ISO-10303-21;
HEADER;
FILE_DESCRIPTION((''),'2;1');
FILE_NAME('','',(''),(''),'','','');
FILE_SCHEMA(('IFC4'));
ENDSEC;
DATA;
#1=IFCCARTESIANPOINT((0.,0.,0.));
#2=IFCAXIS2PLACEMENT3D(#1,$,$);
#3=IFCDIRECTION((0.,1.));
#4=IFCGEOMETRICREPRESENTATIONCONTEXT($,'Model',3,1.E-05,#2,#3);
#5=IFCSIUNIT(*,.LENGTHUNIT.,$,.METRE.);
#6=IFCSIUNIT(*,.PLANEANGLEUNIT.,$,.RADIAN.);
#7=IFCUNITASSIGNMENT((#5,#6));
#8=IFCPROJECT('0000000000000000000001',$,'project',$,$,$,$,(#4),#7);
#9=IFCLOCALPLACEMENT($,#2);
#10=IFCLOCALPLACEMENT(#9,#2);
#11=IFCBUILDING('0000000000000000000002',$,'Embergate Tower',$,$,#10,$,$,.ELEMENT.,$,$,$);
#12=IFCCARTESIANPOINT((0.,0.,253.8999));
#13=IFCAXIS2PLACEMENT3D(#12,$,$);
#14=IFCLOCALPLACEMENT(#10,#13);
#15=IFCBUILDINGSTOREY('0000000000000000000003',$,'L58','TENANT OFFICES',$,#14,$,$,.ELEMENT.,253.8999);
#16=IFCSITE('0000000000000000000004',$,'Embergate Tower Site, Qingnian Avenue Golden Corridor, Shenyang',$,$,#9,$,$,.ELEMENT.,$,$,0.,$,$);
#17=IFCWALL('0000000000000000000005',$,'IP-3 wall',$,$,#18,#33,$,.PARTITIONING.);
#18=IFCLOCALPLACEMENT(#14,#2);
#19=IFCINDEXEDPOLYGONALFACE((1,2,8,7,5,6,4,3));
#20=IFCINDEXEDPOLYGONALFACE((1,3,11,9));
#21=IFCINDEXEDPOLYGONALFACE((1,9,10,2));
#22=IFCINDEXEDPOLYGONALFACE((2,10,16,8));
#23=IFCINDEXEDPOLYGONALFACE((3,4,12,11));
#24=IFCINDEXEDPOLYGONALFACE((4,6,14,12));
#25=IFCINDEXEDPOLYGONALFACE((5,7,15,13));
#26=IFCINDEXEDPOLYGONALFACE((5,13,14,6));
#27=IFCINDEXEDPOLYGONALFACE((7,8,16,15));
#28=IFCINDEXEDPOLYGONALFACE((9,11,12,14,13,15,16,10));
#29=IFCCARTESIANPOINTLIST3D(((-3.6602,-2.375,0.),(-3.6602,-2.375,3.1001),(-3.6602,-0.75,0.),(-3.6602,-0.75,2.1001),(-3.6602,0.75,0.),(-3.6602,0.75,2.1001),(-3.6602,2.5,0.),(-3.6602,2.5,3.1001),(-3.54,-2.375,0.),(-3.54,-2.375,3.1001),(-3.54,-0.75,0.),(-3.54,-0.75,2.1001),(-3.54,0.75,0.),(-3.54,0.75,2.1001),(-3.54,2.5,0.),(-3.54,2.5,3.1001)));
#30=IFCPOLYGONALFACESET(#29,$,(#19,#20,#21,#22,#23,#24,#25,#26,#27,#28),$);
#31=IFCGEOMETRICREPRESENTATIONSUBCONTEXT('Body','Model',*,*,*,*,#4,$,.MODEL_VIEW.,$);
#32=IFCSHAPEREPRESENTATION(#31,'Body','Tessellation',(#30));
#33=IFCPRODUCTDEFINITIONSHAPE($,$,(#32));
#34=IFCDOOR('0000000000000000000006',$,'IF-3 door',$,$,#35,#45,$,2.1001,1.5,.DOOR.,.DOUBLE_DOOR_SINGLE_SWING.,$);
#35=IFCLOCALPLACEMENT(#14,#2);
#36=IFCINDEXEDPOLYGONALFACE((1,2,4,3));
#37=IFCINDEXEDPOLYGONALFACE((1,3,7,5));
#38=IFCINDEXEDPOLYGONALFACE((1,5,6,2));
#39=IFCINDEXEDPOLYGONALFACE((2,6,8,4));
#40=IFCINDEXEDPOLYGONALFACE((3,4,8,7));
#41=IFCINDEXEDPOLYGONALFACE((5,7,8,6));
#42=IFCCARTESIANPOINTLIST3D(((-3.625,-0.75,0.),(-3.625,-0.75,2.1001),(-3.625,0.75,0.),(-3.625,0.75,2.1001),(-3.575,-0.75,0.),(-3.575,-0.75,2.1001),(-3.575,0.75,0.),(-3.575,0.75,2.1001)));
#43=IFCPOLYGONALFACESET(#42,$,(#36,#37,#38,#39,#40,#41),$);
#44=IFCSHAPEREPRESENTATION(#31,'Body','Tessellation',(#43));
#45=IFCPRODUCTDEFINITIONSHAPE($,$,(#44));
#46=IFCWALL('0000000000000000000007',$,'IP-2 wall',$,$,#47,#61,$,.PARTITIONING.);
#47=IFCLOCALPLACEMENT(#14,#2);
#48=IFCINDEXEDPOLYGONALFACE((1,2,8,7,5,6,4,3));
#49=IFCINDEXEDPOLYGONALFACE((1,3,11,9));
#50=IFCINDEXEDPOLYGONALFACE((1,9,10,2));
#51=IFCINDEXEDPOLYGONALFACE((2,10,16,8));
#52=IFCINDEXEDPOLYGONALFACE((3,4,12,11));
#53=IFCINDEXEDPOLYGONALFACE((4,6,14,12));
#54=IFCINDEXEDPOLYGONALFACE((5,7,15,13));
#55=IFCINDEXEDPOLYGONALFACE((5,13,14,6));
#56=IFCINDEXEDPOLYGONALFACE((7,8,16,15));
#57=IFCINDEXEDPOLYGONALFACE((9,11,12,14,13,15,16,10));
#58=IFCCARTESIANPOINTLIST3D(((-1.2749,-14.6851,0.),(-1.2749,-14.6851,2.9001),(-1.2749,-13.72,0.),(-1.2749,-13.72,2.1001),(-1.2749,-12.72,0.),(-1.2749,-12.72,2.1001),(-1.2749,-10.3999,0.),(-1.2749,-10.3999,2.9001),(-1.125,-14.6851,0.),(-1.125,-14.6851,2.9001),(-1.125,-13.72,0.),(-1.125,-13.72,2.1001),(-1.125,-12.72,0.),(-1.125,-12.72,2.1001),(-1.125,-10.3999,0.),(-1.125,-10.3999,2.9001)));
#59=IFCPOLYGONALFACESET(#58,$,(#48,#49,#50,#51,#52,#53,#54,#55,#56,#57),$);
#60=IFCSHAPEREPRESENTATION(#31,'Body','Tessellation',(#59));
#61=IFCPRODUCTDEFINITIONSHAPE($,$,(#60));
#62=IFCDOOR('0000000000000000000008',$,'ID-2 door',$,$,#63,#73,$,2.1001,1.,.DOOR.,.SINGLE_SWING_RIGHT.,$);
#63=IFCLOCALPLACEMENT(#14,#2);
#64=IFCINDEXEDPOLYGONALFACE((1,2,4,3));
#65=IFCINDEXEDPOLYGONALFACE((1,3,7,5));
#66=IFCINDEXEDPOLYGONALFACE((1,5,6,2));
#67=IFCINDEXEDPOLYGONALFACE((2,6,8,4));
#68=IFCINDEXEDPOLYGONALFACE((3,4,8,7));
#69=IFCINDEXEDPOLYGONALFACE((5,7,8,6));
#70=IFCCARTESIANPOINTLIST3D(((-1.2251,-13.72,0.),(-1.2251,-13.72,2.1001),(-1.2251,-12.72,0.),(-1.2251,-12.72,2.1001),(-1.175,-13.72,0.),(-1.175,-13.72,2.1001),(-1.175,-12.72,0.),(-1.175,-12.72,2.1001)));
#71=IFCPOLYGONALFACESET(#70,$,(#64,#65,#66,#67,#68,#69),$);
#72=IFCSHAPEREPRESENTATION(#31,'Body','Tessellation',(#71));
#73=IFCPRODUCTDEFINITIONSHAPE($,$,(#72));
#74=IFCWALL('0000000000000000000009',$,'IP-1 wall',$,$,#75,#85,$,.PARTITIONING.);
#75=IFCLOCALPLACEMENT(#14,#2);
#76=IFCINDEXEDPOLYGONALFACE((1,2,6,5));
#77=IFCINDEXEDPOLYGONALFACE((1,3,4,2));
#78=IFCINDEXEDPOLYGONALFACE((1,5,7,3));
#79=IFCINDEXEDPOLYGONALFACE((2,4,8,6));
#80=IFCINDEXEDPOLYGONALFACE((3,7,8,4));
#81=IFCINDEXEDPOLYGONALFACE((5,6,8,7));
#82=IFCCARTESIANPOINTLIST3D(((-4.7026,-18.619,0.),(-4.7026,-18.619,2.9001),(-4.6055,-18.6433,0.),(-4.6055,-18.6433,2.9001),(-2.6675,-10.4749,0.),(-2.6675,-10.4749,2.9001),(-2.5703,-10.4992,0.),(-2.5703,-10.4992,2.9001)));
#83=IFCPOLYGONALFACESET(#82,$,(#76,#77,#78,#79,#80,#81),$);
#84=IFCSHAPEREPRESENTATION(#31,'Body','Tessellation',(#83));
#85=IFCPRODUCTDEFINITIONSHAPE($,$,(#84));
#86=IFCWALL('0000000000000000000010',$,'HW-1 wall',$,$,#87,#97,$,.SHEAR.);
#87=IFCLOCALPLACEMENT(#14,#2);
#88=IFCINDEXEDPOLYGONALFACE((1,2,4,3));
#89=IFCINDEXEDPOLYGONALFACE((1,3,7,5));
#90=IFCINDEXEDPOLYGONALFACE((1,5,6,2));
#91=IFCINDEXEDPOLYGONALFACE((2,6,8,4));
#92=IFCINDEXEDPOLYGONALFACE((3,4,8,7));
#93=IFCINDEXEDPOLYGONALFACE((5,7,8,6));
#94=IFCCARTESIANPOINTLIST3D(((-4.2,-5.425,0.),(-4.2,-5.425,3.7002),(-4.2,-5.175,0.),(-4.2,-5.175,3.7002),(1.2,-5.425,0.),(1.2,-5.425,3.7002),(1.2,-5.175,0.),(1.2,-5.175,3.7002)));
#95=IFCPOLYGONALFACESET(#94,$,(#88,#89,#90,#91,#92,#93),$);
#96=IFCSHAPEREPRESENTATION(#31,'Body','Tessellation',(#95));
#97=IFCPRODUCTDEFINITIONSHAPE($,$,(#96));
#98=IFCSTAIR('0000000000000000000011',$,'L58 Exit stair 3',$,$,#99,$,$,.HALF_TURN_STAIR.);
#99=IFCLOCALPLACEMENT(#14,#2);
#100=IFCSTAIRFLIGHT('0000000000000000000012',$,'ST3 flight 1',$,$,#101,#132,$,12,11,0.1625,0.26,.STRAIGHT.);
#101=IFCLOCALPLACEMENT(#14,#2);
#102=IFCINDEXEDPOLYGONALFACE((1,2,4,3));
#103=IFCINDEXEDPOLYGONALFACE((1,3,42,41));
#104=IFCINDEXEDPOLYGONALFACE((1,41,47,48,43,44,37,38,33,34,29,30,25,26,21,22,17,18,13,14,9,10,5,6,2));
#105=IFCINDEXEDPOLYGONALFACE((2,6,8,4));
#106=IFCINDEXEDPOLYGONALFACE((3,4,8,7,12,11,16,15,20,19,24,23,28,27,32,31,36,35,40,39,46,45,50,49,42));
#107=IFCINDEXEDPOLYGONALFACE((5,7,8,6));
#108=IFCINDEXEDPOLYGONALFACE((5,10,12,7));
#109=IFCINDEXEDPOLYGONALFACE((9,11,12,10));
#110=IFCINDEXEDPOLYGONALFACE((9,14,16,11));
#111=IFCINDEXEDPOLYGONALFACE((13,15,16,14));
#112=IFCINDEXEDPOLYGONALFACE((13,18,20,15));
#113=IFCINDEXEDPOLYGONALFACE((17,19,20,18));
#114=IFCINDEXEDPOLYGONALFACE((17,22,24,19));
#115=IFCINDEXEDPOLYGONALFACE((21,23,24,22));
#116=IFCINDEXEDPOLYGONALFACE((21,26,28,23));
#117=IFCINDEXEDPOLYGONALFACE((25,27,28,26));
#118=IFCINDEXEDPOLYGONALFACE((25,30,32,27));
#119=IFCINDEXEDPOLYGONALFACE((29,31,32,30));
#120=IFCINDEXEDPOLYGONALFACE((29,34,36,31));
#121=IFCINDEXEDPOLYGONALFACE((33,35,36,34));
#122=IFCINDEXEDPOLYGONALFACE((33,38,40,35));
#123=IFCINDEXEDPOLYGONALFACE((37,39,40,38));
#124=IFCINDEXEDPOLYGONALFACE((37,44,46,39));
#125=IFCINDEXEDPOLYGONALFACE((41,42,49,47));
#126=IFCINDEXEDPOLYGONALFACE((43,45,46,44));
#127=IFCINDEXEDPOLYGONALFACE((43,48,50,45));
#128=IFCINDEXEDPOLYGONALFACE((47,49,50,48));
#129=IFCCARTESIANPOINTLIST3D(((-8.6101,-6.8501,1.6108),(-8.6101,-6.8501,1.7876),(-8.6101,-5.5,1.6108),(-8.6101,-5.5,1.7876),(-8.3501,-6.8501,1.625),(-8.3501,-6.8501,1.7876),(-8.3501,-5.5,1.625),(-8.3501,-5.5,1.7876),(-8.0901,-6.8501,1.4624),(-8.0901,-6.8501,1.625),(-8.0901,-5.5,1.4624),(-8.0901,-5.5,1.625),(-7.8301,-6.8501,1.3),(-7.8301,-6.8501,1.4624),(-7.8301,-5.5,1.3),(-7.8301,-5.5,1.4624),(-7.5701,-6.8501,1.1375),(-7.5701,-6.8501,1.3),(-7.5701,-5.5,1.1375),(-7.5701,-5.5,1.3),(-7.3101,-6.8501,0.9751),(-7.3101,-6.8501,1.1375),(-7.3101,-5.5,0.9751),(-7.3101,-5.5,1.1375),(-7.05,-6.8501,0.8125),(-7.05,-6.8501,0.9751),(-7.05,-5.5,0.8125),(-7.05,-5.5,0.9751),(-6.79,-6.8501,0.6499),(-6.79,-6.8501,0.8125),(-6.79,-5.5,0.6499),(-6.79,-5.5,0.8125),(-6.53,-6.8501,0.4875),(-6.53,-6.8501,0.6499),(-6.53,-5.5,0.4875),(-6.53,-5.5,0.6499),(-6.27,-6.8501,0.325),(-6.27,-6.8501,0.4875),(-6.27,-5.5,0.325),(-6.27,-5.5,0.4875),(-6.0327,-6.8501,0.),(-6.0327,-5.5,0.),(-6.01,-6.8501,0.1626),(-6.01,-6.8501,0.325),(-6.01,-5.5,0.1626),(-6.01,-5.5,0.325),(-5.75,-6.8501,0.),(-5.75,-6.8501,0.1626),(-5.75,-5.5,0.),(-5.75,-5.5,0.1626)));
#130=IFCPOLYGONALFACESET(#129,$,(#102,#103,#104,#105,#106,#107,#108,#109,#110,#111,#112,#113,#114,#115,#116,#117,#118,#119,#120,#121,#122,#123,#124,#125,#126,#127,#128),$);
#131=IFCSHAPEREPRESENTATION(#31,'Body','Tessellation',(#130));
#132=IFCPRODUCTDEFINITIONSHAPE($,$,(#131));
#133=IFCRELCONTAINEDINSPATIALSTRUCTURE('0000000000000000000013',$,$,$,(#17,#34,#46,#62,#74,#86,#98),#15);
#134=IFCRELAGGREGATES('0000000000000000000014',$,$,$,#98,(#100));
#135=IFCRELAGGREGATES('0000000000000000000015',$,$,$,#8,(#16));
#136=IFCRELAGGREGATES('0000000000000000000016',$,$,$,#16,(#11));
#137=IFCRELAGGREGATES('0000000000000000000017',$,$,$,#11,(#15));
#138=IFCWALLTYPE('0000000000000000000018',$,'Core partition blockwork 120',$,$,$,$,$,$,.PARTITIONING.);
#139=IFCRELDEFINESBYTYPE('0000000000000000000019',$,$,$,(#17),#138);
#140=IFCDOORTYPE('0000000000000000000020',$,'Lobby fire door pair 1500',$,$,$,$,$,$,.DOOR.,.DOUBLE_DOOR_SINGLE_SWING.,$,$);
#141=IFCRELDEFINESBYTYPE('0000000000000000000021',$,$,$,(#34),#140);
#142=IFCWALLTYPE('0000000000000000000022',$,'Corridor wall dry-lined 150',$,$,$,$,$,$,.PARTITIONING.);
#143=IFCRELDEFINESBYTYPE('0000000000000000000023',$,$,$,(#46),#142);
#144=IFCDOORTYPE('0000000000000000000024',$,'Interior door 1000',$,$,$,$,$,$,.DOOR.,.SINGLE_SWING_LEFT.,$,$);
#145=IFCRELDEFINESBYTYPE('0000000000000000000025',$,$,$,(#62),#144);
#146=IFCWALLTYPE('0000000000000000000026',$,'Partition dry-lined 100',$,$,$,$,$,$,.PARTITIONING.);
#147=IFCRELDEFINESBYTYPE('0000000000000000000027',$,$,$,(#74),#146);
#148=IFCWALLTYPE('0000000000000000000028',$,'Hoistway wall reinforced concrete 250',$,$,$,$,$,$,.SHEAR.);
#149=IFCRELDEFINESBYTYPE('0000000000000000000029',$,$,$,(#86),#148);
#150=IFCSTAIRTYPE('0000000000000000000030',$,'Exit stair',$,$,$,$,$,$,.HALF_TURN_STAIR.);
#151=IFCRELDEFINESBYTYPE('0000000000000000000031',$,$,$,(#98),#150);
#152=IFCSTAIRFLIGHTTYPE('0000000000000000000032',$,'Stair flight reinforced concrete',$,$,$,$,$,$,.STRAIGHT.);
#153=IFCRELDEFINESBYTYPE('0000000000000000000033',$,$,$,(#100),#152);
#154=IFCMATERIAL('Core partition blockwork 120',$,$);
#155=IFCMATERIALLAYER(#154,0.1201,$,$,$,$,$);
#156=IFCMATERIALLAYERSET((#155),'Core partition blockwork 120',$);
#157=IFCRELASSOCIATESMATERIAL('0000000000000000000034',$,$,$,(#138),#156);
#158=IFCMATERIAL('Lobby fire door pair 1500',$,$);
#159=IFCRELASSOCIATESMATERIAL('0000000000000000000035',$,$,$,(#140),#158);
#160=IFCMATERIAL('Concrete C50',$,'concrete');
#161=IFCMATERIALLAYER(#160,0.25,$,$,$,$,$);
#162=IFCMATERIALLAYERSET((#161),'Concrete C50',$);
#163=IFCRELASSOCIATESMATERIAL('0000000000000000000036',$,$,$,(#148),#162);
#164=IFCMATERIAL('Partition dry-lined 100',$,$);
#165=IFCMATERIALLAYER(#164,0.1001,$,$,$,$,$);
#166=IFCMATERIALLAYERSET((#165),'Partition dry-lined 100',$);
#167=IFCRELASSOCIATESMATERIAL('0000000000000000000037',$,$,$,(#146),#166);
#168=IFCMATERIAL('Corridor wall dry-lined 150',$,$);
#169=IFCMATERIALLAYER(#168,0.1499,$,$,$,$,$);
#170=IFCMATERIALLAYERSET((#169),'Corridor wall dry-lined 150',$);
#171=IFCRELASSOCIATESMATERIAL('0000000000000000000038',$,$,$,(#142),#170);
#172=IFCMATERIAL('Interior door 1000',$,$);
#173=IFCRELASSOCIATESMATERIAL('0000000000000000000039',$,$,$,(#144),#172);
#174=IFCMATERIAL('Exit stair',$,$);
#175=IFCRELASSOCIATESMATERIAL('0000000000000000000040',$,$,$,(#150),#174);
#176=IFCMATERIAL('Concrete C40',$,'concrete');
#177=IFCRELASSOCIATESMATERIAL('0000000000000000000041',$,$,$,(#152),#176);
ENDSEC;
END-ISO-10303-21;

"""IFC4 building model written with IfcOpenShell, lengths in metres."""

from ifc_helpers import new_model, si_unit, direction, frame, frame_2d, origin, place, context, subcontext, project, spatial, polyline, rectangle, outline, extrude, source, transform, mapped, material, layer, layer_set, type_object, element, fill, aggregate, save


model = new_model("IFC4")

# Units and contexts
model_context = context("Model", 3, precision=1e-05, world=origin(), true_north=direction((0.0, 1.0)))
body_context = subcontext(model_context, "Body", "Model", "MODEL_VIEW")
ifc_project = project(units=[si_unit("LENGTHUNIT", "METRE"), si_unit("PLANEANGLEUNIT", "RADIAN")], contexts=[model_context])

# Site, building, storey
site_placement = place(None, origin())
site = spatial("IfcSite", under=ifc_project, at=site_placement, Name="Embergate Tower Site, Qingnian Avenue Golden Corridor, Shenyang", CompositionType="ELEMENT", RefElevation=0.0)
building_placement = place(site_placement, origin())
building = spatial("IfcBuilding", under=site, at=building_placement, Name="Embergate Tower", CompositionType="ELEMENT")
storey_placement = place(building_placement, frame((0.0, 0.0, 253.8999)))
storey = spatial("IfcBuildingStorey", under=building, at=storey_placement, Name="L58", Description="TENANT OFFICES", CompositionType="ELEMENT", Elevation=253.8999)

# Shared definitions
ifc_material_1 = material(Name="Core partition blockwork 120")
ifc_layer_1 = layer(ifc_material_1, 0.1201)
ifc_layer_set_1 = layer_set([ifc_layer_1], Name="Core partition blockwork 120")
wall_type_1 = type_object("IfcWallType", Name="Core partition blockwork 120", PredefinedType="PARTITIONING", material=ifc_layer_set_1)
shared_shape_1 = source(origin(), body_context, "Body", "SweptSolid", [
    extrude(rectangle(XDim=1.5, YDim=2.1001, at=frame_2d((0.75, 1.05))), frame((0.0, 0.0701, 0.0), z_axis=(0.0, -1.0, 0.0), x_axis=(1.0, 0.0, 0.0)), (0.0, 0.0, 1.0), 0.1401),
])
ifc_material_2 = material(Name="Lobby fire door pair 1500")
door_type_1 = type_object("IfcDoorType", Name="Lobby fire door pair 1500", OperationType="DOUBLE_DOOR_SINGLE_SWING", PredefinedType="DOOR", material=ifc_material_2)
shared_shape_2 = source(origin(), body_context, "Body", "SweptSolid", [
    extrude(rectangle(XDim=1.5, YDim=2.1001, at=frame_2d((0.75, 1.05))), frame((0.0, 0.0249, 0.0), z_axis=(0.0, -1.0, 0.0), x_axis=(1.0, 0.0, 0.0)), (0.0, 0.0, 1.0), 0.05),
])

# Shared definitions
ifc_material_3 = material(Name="Concrete C50", Category="concrete")
ifc_layer_2 = layer(ifc_material_3, 0.25)
ifc_layer_set_2 = layer_set([ifc_layer_2], Name="Concrete C50")
wall_type_2 = type_object("IfcWallType", Name="Hoistway wall reinforced concrete 250", PredefinedType="SHEAR", material=ifc_layer_set_2)

# Shared definitions
ifc_material_4 = material(Name="Partition dry-lined 100")
ifc_layer_3 = layer(ifc_material_4, 0.1001)
ifc_layer_set_3 = layer_set([ifc_layer_3], Name="Partition dry-lined 100")
wall_type_3 = type_object("IfcWallType", Name="Partition dry-lined 100", PredefinedType="PARTITIONING", material=ifc_layer_set_3)

# Walls, openings, doors
shared_shape_3 = source(origin(), body_context, "Body", "SweptSolid", [
    extrude(rectangle(XDim=4.875, YDim=0.1201, at=frame_2d((2.4375, 0.0))), origin(), (0.0, 0.0, 1.0), 3.1001),
])
wall_1_placement = place(storey_placement, frame((-3.6001, -2.375, 0.0), z_axis=(0.0, 0.0, 1.0), x_axis=(0.0, 1.0, 0.0)))
wall_1 = element("IfcWall", 1, at=wall_1_placement, inside=storey, type_object=wall_type_1, Name="IP-3 wall", PredefinedType="PARTITIONING", context=body_context, shape_type="MappedRepresentation", body=[
    mapped(shared_shape_3, transform((0.0, 0.0, 0.0))),
])
opening_1_placement = place(wall_1_placement, frame((1.625, 0.0, 0.0)))
opening_1 = element("IfcOpeningElement", 2, at=opening_1_placement, cuts=wall_1, PredefinedType="OPENING", context=body_context, shape_type="MappedRepresentation", body=[
    mapped(shared_shape_1, transform((0.0, 0.0, 0.0))),
])
door_1_placement = place(opening_1_placement, origin())
door_1 = element("IfcDoor", 3, at=door_1_placement, inside=storey, type_object=door_type_1, Name="IF-3 door", OperationType="DOUBLE_DOOR_SINGLE_SWING", OverallHeight=2.1001, OverallWidth=1.5, PredefinedType="DOOR", context=body_context, shape_type="MappedRepresentation", body=[
    mapped(shared_shape_2, transform((0.0, 0.0, 0.0))),
])
fill(opening_1, door_1)
ifc_material_5 = material(Name="Corridor wall dry-lined 150")
ifc_layer_4 = layer(ifc_material_5, 0.1499)
ifc_layer_set_4 = layer_set([ifc_layer_4], Name="Corridor wall dry-lined 150")
wall_type_4 = type_object("IfcWallType", Name="Corridor wall dry-lined 150", PredefinedType="PARTITIONING", material=ifc_layer_set_4)
shared_shape_4 = source(origin(), body_context, "Body", "SweptSolid", [
    extrude(rectangle(XDim=4.2852, YDim=0.1499, at=frame_2d((2.1426, 0.0))), origin(), (0.0, 0.0, 1.0), 2.9001),
])
wall_2_placement = place(storey_placement, frame((-1.2, -10.3999, 0.0), z_axis=(0.0, 0.0, 1.0), x_axis=(0.0, -1.0, 0.0)))
wall_2 = element("IfcWall", 4, at=wall_2_placement, inside=storey, type_object=wall_type_4, Name="IP-2 wall", PredefinedType="PARTITIONING", context=body_context, shape_type="MappedRepresentation", body=[
    mapped(shared_shape_4, transform((0.0, 0.0, 0.0))),
])
shared_shape_5 = source(origin(), body_context, "Body", "SweptSolid", [
    extrude(rectangle(XDim=1.0, YDim=2.1001, at=frame_2d((0.5, 1.05))), frame((0.0, 0.085, 0.0), z_axis=(0.0, -1.0, 0.0), x_axis=(1.0, 0.0, 0.0)), (0.0, 0.0, 1.0), 0.1699),
])
opening_2_placement = place(wall_2_placement, frame((2.3201, 0.0, 0.0)))
opening_2 = element("IfcOpeningElement", 5, at=opening_2_placement, cuts=wall_2, PredefinedType="OPENING", context=body_context, shape_type="MappedRepresentation", body=[
    mapped(shared_shape_5, transform((0.0, 0.0, 0.0))),
])
ifc_material_6 = material(Name="Interior door 1000")
door_type_2 = type_object("IfcDoorType", Name="Interior door 1000", OperationType="SINGLE_SWING_LEFT", PredefinedType="DOOR", material=ifc_material_6)
shared_shape_6 = source(origin(), body_context, "Body", "SweptSolid", [
    extrude(rectangle(XDim=1.0, YDim=2.1001, at=frame_2d((0.5, 1.05))), frame((0.0, 0.0249, 0.0), z_axis=(0.0, -1.0, 0.0), x_axis=(1.0, 0.0, 0.0)), (0.0, 0.0, 1.0), 0.05),
])
door_2_placement = place(opening_2_placement, origin())
door_2 = element("IfcDoor", 6, at=door_2_placement, inside=storey, type_object=door_type_2, Name="ID-2 door", OperationType="SINGLE_SWING_RIGHT", OverallHeight=2.1001, OverallWidth=1.0, PredefinedType="DOOR", context=body_context, shape_type="MappedRepresentation", body=[
    mapped(shared_shape_6, transform((0.0, 0.0, 0.0))),
])
fill(opening_2, door_2)

# Walls
shared_shape_7 = source(origin(), body_context, "Body", "SweptSolid", [
    extrude(rectangle(XDim=8.3945, YDim=0.1001, at=frame_2d((4.1973, 0.0))), origin(), (0.0, 0.0, 1.0), 2.9001),
])
wall_3_placement = place(storey_placement, frame((-2.6189, -10.4871, 0.0), z_axis=(0.0, 0.0, 1.0), x_axis=(-0.24244, -0.970166, 0.0)))
element("IfcWall", 7, at=wall_3_placement, inside=storey, type_object=wall_type_3, Name="IP-1 wall", PredefinedType="PARTITIONING", context=body_context, shape_type="MappedRepresentation", body=[
    mapped(shared_shape_7, transform((0.0, 0.0, 0.0))),
])
shared_shape_8 = source(origin(), body_context, "Body", "SweptSolid", [
    extrude(rectangle(XDim=5.3999, YDim=0.25, at=frame_2d((2.7, 0.0))), origin(), (0.0, 0.0, 1.0), 3.7002),
])
wall_4_placement = place(storey_placement, frame((-4.2, -5.3, 0.0), z_axis=(0.0, 0.0, 1.0), x_axis=(1.0, 0.0, 0.0)))
element("IfcWall", 8, at=wall_4_placement, inside=storey, type_object=wall_type_2, Name="HW-1 wall", PredefinedType="SHEAR", context=body_context, shape_type="MappedRepresentation", body=[
    mapped(shared_shape_8, transform((0.0, 0.0, 0.0))),
])

# Stair, stair flight
ifc_material_7 = material(Name="Exit stair")
stair_type = type_object("IfcStairType", Name="Exit stair", PredefinedType="HALF_TURN_STAIR", material=ifc_material_7)
stair_placement = place(storey_placement, origin())
stair = element("IfcStair", 9, at=stair_placement, inside=storey, type_object=stair_type, Name="L58 Exit stair 3", PredefinedType="HALF_TURN_STAIR")
ifc_material_8 = material(Name="Concrete C40", Category="concrete")
stair_flight_type = type_object("IfcStairFlightType", Name="Stair flight reinforced concrete", PredefinedType="STRAIGHT", material=ifc_material_8)
shared_shape_9 = source(origin(), body_context, "Body", "SweptSolid", [
    extrude(outline(polyline([(0.0, 0.0), (0.0, 0.1626), (0.26, 0.1626), (0.26, 0.325), (0.52, 0.325), (0.52, 0.4875), (0.78, 0.4875), (0.78, 0.6499), (1.04, 0.6499), (1.04, 0.8125), (1.3, 0.8125), (1.3, 0.9751), (1.5601, 0.9751), (1.5601, 1.1375), (1.8201, 1.1375), (1.8201, 1.3), (2.0801, 1.3), (2.0801, 1.4624), (2.3401, 1.4624), (2.3401, 1.625), (2.6001, 1.625), (2.6001, 1.7876), (2.8601, 1.7876), (2.8601, 1.95), (2.8601, 1.6108), (0.2827, 0.0), (0.0, 0.0)])), frame((0.0, 0.675, 0.0), z_axis=(0.0, -1.0, 0.0), x_axis=(1.0, 0.0, 0.0)), (0.0, 0.0, 1.0), 1.3501),
])
stair_flight_placement = place(storey_placement, frame((-5.75, -6.175, 0.0), z_axis=(0.0, 0.0, 1.0), x_axis=(-1.0, 0.0, 0.0)))
stair_flight = element("IfcStairFlight", 10, at=stair_flight_placement, type_object=stair_flight_type, Name="ST3 flight 1", NumberOfRisers=12, NumberOfTreads=11, PredefinedType="STRAIGHT", RiserHeight=0.1625, TreadLength=0.26, context=body_context, shape_type="MappedRepresentation", body=[
    mapped(shared_shape_9, transform((0.0, 0.0, 0.0))),
])
aggregate(stair, [stair_flight])

save(model, "model.ifc")
